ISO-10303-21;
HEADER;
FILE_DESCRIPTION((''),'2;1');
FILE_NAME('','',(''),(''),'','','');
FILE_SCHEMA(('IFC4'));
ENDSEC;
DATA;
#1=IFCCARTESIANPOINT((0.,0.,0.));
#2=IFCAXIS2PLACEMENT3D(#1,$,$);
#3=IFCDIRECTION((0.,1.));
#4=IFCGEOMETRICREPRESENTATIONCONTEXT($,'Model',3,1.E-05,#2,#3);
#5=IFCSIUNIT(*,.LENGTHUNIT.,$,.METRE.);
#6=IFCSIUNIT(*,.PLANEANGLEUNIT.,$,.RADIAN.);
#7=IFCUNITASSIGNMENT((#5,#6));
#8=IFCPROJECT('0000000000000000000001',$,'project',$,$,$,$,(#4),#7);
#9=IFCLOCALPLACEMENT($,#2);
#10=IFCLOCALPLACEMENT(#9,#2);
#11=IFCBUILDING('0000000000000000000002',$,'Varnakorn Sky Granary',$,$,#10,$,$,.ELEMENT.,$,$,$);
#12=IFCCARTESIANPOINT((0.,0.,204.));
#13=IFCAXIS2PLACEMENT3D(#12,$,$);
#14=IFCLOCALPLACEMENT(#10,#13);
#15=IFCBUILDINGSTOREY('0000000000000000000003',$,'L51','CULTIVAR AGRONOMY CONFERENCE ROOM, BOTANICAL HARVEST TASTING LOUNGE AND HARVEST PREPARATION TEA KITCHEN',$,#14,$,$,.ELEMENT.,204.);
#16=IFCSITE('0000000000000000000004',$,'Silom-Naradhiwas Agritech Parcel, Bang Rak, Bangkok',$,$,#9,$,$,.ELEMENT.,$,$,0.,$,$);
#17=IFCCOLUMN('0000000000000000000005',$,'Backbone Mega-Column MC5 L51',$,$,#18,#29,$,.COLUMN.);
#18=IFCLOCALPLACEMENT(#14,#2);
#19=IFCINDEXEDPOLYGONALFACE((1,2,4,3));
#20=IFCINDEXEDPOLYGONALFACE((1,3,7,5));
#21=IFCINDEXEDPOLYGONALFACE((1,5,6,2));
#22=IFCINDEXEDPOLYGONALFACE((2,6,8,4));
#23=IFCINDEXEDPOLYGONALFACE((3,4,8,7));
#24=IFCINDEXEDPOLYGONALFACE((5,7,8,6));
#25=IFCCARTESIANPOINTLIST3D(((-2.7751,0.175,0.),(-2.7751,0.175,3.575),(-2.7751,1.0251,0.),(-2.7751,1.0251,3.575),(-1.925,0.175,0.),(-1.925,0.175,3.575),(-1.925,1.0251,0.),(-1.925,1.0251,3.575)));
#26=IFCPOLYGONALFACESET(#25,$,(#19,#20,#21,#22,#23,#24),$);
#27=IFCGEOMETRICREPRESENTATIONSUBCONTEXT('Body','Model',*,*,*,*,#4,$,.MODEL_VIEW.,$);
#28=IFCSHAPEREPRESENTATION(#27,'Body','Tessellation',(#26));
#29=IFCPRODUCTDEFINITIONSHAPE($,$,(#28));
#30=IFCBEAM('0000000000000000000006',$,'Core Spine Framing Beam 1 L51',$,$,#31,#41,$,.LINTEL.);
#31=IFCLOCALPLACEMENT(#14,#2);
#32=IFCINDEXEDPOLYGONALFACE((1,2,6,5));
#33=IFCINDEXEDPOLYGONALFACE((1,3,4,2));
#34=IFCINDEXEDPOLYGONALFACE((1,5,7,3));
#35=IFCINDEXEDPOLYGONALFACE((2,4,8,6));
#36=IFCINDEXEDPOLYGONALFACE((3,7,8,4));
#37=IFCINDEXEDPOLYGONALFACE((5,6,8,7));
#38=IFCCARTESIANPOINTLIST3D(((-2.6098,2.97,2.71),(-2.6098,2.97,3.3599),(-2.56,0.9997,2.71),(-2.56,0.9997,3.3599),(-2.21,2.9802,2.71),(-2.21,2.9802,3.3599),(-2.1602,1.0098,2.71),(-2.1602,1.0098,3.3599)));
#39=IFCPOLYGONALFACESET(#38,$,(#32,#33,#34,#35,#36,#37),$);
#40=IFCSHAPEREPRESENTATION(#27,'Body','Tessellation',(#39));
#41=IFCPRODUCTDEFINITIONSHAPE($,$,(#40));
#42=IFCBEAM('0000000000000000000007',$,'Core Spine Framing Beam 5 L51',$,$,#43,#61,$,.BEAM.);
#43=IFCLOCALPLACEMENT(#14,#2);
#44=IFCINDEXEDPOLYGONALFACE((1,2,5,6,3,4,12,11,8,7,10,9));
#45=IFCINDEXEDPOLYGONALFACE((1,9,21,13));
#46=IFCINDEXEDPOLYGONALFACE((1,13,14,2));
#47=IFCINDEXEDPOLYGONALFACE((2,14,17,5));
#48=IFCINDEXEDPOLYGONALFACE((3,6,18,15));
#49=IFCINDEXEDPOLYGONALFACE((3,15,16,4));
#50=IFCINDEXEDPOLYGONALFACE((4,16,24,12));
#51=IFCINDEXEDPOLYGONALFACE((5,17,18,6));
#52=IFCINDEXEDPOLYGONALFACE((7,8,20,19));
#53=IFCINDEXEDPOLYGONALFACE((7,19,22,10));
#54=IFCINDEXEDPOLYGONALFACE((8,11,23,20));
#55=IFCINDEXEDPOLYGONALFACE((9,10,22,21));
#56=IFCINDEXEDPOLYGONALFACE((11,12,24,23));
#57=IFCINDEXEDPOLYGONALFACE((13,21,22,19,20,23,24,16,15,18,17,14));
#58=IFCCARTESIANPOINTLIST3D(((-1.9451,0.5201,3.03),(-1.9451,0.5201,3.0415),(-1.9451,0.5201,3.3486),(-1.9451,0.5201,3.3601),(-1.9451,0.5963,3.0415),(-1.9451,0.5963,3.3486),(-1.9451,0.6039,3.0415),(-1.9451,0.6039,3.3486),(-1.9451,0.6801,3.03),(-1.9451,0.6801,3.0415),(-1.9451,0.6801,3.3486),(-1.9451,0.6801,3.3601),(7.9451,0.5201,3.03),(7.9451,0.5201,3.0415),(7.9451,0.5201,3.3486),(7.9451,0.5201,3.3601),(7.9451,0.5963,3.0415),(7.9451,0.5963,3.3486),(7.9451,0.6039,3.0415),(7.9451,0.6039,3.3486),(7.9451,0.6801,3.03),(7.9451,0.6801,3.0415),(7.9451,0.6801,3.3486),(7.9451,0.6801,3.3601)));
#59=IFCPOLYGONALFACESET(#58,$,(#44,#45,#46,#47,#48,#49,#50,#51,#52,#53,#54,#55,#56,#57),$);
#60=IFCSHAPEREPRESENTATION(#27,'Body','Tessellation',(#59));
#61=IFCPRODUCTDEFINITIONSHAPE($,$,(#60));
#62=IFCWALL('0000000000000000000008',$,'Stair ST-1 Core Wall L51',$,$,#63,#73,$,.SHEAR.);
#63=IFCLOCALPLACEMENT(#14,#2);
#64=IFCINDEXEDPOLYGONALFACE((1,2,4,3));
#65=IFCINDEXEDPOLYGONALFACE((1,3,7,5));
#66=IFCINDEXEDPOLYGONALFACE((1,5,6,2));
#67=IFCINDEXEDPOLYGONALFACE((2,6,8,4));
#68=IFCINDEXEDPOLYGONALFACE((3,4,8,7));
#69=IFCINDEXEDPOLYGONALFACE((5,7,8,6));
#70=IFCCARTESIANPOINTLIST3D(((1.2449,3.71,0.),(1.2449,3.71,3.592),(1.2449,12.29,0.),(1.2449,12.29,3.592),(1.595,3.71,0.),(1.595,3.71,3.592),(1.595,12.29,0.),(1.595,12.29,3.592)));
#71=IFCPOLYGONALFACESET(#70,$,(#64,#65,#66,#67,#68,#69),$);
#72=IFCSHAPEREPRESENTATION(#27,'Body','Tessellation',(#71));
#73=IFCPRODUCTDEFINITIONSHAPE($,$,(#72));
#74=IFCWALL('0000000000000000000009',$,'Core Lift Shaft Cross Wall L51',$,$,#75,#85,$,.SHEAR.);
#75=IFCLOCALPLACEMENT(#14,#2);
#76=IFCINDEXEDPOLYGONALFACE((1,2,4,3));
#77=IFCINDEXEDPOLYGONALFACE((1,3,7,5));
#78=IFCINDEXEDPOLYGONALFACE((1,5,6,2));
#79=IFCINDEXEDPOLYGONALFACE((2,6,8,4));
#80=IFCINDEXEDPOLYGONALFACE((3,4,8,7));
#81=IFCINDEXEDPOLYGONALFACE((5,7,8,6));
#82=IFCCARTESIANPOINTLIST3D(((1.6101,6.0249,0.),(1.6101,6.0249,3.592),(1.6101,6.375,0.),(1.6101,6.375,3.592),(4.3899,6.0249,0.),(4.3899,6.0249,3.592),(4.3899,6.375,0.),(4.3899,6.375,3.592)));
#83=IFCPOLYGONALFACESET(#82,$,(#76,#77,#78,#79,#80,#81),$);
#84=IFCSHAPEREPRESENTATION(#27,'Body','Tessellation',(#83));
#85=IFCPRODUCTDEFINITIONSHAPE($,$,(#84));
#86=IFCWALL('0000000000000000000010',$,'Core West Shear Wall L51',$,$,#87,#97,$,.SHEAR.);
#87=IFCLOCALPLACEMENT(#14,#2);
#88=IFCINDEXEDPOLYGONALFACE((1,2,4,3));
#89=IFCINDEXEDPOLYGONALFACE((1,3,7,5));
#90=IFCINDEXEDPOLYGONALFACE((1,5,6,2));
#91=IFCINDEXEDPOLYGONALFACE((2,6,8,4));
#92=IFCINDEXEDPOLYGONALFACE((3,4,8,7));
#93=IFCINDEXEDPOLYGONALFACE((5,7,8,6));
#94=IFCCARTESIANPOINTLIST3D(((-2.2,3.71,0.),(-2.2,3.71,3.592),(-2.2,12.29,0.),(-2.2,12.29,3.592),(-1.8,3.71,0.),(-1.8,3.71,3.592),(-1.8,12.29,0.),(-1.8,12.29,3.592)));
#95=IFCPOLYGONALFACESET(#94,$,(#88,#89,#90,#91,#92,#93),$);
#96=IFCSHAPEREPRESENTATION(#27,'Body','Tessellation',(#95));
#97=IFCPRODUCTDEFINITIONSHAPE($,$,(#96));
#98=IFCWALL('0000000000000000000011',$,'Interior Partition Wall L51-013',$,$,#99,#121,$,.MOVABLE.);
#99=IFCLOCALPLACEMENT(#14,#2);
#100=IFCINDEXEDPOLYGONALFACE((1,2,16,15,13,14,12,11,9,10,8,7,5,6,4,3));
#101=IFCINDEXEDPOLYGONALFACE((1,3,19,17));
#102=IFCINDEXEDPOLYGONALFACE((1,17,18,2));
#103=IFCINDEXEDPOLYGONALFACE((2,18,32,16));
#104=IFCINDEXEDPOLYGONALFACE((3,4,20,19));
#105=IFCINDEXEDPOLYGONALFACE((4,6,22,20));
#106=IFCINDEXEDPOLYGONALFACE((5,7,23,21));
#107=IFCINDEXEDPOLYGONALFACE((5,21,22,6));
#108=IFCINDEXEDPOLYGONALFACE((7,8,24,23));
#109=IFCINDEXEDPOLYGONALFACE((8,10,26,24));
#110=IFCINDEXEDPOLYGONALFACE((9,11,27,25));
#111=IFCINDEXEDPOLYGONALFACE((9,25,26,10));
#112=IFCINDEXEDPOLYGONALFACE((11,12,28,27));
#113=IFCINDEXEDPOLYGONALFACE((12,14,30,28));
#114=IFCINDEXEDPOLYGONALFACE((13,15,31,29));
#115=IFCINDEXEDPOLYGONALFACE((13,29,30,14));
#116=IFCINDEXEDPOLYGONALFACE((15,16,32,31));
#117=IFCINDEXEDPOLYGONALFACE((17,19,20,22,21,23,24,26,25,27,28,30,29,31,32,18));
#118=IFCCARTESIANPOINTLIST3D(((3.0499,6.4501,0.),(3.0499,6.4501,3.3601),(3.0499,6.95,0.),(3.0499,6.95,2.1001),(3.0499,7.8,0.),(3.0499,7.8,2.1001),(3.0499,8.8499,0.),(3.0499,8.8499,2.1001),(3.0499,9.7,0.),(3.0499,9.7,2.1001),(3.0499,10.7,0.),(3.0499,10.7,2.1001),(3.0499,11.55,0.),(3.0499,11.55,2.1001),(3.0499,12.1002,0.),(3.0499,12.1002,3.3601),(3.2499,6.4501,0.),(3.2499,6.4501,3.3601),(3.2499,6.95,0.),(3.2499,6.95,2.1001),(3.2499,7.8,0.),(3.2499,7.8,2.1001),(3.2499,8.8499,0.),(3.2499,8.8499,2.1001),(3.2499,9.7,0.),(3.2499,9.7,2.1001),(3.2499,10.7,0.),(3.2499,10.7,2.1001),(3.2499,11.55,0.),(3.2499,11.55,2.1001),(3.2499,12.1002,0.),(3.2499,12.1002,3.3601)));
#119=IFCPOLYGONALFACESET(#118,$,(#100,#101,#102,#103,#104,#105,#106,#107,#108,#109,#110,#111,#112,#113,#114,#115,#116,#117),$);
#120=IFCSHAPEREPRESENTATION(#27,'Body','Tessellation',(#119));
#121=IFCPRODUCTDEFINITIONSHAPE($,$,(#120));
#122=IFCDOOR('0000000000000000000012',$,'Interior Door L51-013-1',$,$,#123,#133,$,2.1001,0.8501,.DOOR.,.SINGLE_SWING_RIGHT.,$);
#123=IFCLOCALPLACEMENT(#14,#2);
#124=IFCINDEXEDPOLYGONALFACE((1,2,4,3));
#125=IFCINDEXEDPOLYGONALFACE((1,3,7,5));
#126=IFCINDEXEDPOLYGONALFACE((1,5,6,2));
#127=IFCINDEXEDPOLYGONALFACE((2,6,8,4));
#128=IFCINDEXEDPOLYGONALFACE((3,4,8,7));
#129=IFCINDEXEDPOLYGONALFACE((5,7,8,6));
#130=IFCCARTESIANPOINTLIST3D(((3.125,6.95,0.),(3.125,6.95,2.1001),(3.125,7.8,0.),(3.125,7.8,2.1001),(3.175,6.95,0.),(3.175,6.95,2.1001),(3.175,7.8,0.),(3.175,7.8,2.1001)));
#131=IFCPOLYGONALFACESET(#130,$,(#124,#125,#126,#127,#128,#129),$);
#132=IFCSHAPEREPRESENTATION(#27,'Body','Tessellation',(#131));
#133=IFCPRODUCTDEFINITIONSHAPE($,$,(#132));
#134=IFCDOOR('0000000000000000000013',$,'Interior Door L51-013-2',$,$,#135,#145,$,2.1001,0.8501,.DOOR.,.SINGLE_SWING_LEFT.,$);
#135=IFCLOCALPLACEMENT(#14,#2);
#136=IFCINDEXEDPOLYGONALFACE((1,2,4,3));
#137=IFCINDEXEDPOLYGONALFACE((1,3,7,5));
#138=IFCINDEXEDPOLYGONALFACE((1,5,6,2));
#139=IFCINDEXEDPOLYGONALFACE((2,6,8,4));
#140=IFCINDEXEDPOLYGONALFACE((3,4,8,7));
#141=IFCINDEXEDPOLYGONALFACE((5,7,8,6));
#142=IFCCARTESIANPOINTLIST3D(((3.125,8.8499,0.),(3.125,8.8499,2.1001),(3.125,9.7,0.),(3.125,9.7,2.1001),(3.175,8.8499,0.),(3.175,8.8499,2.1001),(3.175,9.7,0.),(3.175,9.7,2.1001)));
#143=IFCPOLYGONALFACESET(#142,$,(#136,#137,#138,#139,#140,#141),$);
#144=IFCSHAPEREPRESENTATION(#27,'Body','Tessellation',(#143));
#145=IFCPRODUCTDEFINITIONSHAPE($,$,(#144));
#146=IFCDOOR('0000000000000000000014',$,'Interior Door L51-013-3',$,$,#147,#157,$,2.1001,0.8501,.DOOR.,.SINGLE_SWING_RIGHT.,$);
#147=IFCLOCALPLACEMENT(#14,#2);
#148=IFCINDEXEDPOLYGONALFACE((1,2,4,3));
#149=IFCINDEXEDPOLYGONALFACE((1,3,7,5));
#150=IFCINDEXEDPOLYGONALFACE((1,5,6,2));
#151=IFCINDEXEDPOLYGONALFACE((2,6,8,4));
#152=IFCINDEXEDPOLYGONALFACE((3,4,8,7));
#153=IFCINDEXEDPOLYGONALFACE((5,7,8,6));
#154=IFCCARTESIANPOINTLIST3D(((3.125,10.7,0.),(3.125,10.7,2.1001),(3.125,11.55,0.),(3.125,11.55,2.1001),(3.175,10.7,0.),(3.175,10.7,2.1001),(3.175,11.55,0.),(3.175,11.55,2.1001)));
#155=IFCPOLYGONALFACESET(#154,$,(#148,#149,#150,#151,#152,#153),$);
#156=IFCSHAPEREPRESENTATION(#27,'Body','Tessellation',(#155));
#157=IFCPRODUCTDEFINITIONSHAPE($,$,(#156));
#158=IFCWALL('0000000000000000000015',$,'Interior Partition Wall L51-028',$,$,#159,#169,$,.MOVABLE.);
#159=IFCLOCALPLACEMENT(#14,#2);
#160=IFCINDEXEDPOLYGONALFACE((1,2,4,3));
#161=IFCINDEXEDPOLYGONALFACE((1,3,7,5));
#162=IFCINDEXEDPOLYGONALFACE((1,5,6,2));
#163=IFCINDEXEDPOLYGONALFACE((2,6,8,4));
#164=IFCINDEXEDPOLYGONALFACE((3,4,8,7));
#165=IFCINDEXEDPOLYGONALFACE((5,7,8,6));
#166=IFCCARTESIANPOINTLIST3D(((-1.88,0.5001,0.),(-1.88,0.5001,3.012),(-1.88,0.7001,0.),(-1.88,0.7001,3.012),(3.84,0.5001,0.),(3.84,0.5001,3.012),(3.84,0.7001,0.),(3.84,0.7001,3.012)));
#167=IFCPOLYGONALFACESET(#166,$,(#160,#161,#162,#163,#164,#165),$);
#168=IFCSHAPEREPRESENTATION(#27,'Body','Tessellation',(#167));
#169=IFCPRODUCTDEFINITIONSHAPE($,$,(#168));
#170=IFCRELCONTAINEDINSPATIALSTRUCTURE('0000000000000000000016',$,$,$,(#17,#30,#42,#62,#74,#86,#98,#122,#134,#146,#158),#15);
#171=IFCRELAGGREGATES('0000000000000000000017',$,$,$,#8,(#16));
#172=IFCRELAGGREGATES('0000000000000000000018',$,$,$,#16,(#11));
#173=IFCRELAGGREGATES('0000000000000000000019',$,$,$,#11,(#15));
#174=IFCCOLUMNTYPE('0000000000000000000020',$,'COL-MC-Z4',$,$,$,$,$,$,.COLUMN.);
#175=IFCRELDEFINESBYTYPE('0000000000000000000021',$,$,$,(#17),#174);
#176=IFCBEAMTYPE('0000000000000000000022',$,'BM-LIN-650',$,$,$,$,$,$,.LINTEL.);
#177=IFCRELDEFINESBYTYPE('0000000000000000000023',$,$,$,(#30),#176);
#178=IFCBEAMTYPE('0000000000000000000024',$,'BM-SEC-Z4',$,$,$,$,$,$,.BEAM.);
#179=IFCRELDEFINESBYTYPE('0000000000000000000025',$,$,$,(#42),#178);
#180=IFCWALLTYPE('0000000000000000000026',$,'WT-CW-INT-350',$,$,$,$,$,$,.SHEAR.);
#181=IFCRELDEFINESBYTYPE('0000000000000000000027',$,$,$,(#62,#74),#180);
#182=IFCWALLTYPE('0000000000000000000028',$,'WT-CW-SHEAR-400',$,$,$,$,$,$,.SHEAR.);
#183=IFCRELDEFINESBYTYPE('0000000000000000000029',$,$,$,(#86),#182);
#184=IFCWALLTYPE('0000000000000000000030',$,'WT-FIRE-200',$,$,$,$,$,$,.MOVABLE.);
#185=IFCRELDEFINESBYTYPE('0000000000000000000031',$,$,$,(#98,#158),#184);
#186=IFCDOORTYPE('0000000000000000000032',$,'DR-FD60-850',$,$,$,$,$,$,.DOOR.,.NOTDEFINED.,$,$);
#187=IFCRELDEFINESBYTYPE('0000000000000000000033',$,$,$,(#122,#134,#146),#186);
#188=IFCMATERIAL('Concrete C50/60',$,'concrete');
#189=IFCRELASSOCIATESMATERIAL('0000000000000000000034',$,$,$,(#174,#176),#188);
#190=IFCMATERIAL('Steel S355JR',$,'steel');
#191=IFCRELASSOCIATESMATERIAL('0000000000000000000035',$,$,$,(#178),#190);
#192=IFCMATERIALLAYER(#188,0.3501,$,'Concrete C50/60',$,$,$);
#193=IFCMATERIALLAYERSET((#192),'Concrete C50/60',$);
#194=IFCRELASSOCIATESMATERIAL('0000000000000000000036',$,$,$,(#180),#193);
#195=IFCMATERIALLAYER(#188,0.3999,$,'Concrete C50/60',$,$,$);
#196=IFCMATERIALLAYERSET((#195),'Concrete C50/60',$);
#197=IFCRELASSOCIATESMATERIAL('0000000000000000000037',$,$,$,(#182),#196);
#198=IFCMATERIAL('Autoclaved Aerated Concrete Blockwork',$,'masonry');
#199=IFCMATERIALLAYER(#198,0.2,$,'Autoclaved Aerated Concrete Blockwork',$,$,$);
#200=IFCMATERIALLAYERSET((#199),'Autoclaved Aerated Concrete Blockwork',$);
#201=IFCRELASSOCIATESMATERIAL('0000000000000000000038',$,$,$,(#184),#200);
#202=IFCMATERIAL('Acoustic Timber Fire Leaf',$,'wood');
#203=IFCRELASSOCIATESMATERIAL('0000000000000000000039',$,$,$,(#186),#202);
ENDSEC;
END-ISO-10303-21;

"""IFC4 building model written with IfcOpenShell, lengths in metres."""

from ifc_helpers import new_model, si_unit, direction, frame, frame_2d, origin, origin_2d, place, context, subcontext, project, spatial, rectangle, i_section, extrude, material, layer, layer_set, material_profile, profile_set, type_object, element, fill, save


model = new_model("IFC4")

# Units and contexts
model_context = context("Model", 3, precision=1e-05, world=origin(), true_north=direction((0.0, 1.0)))
body_context = subcontext(model_context, "Body", "Model", "MODEL_VIEW")
ifc_project = project(units=[si_unit("LENGTHUNIT", "METRE"), si_unit("PLANEANGLEUNIT", "RADIAN")], contexts=[model_context])

# Site, building, storey
site_placement = place(None, origin())
site = spatial("IfcSite", under=ifc_project, at=site_placement, Name="Silom-Naradhiwas Agritech Parcel, Bang Rak, Bangkok", CompositionType="ELEMENT", RefElevation=0.0)
building_placement = place(site_placement, origin())
building = spatial("IfcBuilding", under=site, at=building_placement, Name="Varnakorn Sky Granary", CompositionType="ELEMENT")
storey_placement = place(building_placement, frame((0.0, 0.0, 204.0)))
storey = spatial("IfcBuildingStorey", under=building, at=storey_placement, Name="L51", Description="CULTIVAR AGRONOMY CONFERENCE ROOM, BOTANICAL HARVEST TASTING LOUNGE AND HARVEST PREPARATION TEA KITCHEN", CompositionType="ELEMENT", Elevation=204.0)

# Column
ifc_material_1 = material(Name="Concrete C50/60", Category="concrete")
ifc_material_profile_1 = material_profile(ifc_material_1, rectangle(XDim=0.8501, YDim=0.8501, at=origin_2d()), Name="RC 850x850")
ifc_profile_set_1 = profile_set([ifc_material_profile_1], Name="Concrete C50/60")
column_type = type_object("IfcColumnType", Name="COL-MC-Z4", PredefinedType="COLUMN", material=ifc_profile_set_1)
column_placement = place(storey_placement, frame((-2.3501, 0.6001, 0.0), z_axis=(0.0, 0.0, 1.0), x_axis=(1.0, 0.0, 0.0)))
element("IfcColumn", 1, at=column_placement, inside=storey, type_object=column_type, Name="Backbone Mega-Column MC5 L51", PredefinedType="COLUMN", context=body_context, shape_type="SweptSolid", body=[
    extrude(rectangle(XDim=0.8501, YDim=0.8501, at=origin_2d()), origin(), (0.0, 0.0, 1.0), 3.575),
])

# Beams
ifc_material_profile_2 = material_profile(ifc_material_1, rectangle(XDim=0.3999, YDim=0.6499, at=origin_2d()), Name="RC 400x650")
ifc_profile_set_2 = profile_set([ifc_material_profile_2], Name="Concrete C50/60")
beam_type_1 = type_object("IfcBeamType", Name="BM-LIN-650", PredefinedType="LINTEL", material=ifc_profile_set_2)
beam_1_placement = place(storey_placement, frame((-2.4099, 2.9751, 3.0349), z_axis=(0.025271, -0.999681, 0.0), x_axis=(0.999681, 0.025271, 0.0)))
element("IfcBeam", 2, at=beam_1_placement, inside=storey, type_object=beam_type_1, Name="Core Spine Framing Beam 1 L51", PredefinedType="LINTEL", context=body_context, shape_type="SweptSolid", body=[
    extrude(rectangle(XDim=0.3999, YDim=0.6499, at=origin_2d()), origin(), (0.0, 0.0, 1.0), 1.9709),
])
ifc_material_2 = material(Name="Steel S355JR", Category="steel")
ifc_material_profile_3 = material_profile(ifc_material_2, i_section(OverallWidth=0.1599, OverallDepth=0.3301, WebThickness=0.0076, FlangeThickness=0.0115, at=origin_2d()), Name="IPE 330")
ifc_profile_set_3 = profile_set([ifc_material_profile_3], Name="Steel S355JR")
beam_type_2 = type_object("IfcBeamType", Name="BM-SEC-Z4", PredefinedType="BEAM", material=ifc_profile_set_3)
beam_2_placement = place(storey_placement, frame((-1.9451, 0.6001, 3.1951), z_axis=(1.0, 0.0, 0.0), x_axis=(0.0, 1.0, 0.0)))
element("IfcBeam", 3, at=beam_2_placement, inside=storey, type_object=beam_type_2, Name="Core Spine Framing Beam 5 L51", PredefinedType="BEAM", context=body_context, shape_type="SweptSolid", body=[
    extrude(i_section(OverallWidth=0.1599, OverallDepth=0.3301, WebThickness=0.0076, FlangeThickness=0.0115, at=origin_2d()), origin(), (0.0, 0.0, 1.0), 9.8901),
])

# Walls
ifc_layer_1 = layer(ifc_material_1, 0.3501, Name="Concrete C50/60")
ifc_layer_set_1 = layer_set([ifc_layer_1], Name="Concrete C50/60")
wall_type_1 = type_object("IfcWallType", Name="WT-CW-INT-350", PredefinedType="SHEAR", material=ifc_layer_set_1)
wall_1_placement = place(storey_placement, frame((1.4199, 3.71, 0.0), z_axis=(0.0, 0.0, 1.0), x_axis=(0.0, 1.0, 0.0)))
element("IfcWall", 4, at=wall_1_placement, inside=storey, type_object=wall_type_1, Name="Stair ST-1 Core Wall L51", PredefinedType="SHEAR", context=body_context, shape_type="SweptSolid", body=[
    extrude(rectangle(XDim=8.5801, YDim=0.3501, at=frame_2d((4.29, 0.0))), origin(), (0.0, 0.0, 1.0), 3.592),
])
wall_2_placement = place(storey_placement, frame((1.6101, 6.2, 0.0), z_axis=(0.0, 0.0, 1.0), x_axis=(1.0, 0.0, 0.0)))
element("IfcWall", 5, at=wall_2_placement, inside=storey, type_object=wall_type_1, Name="Core Lift Shaft Cross Wall L51", PredefinedType="SHEAR", context=body_context, shape_type="SweptSolid", body=[
    extrude(rectangle(XDim=2.7798, YDim=0.3501, at=frame_2d((1.3899, 0.0))), origin(), (0.0, 0.0, 1.0), 3.592),
])

# Shared definitions
ifc_layer_2 = layer(ifc_material_1, 0.3999, Name="Concrete C50/60")
ifc_layer_set_2 = layer_set([ifc_layer_2], Name="Concrete C50/60")
wall_type_2 = type_object("IfcWallType", Name="WT-CW-SHEAR-400", PredefinedType="SHEAR", material=ifc_layer_set_2)

# Wall
wall_3_placement = place(storey_placement, frame((-2.0, 3.71, 0.0), z_axis=(0.0, 0.0, 1.0), x_axis=(0.0, 1.0, 0.0)))
element("IfcWall", 6, at=wall_3_placement, inside=storey, type_object=wall_type_2, Name="Core West Shear Wall L51", PredefinedType="SHEAR", context=body_context, shape_type="SweptSolid", body=[
    extrude(rectangle(XDim=8.5801, YDim=0.3999, at=frame_2d((4.29, 0.0))), origin(), (0.0, 0.0, 1.0), 3.592),
])

# Wall, openings, doors
ifc_material_3 = material(Name="Autoclaved Aerated Concrete Blockwork", Category="masonry")
ifc_layer_3 = layer(ifc_material_3, 0.2, Name="Autoclaved Aerated Concrete Blockwork")
ifc_layer_set_3 = layer_set([ifc_layer_3], Name="Autoclaved Aerated Concrete Blockwork")
wall_type_3 = type_object("IfcWallType", Name="WT-FIRE-200", PredefinedType="MOVABLE", material=ifc_layer_set_3)
wall_4_placement = place(storey_placement, frame((3.1499, 6.45, 0.0), z_axis=(0.0, 0.0, 1.0), x_axis=(0.0, 1.0, 0.0)))
wall_4 = element("IfcWall", 7, at=wall_4_placement, inside=storey, type_object=wall_type_3, Name="Interior Partition Wall L51-013", PredefinedType="MOVABLE", context=body_context, shape_type="SweptSolid", body=[
    extrude(rectangle(XDim=5.6501, YDim=0.2, at=frame_2d((2.8252, 0.0))), origin(), (0.0, 0.0, 1.0), 3.3601),
])
opening_1_placement = place(wall_4_placement, frame((0.5, 0.0, 0.0)))
opening_1 = element("IfcOpeningElement", 8, at=opening_1_placement, cuts=wall_4, PredefinedType="OPENING", context=body_context, shape_type="SweptSolid", body=[
    extrude(rectangle(XDim=0.8501, YDim=2.1001, at=frame_2d((0.425, 1.05))), frame((0.0, 0.1099, 0.0), z_axis=(0.0, -1.0, 0.0), x_axis=(1.0, 0.0, 0.0)), (0.0, 0.0, 1.0), 0.22),
])
opening_2_placement = place(wall_4_placement, frame((2.3999, 0.0, 0.0)))
opening_2 = element("IfcOpeningElement", 9, at=opening_2_placement, cuts=wall_4, PredefinedType="OPENING", context=body_context, shape_type="SweptSolid", body=[
    extrude(rectangle(XDim=0.8501, YDim=2.1001, at=frame_2d((0.425, 1.05))), frame((0.0, 0.1099, 0.0), z_axis=(0.0, -1.0, 0.0), x_axis=(1.0, 0.0, 0.0)), (0.0, 0.0, 1.0), 0.22),
])
opening_3_placement = place(wall_4_placement, frame((4.25, 0.0, 0.0)))
opening_3 = element("IfcOpeningElement", 10, at=opening_3_placement, cuts=wall_4, PredefinedType="OPENING", context=body_context, shape_type="SweptSolid", body=[
    extrude(rectangle(XDim=0.8501, YDim=2.1001, at=frame_2d((0.425, 1.05))), frame((0.0, 0.1099, 0.0), z_axis=(0.0, -1.0, 0.0), x_axis=(1.0, 0.0, 0.0)), (0.0, 0.0, 1.0), 0.22),
])
ifc_material_4 = material(Name="Acoustic Timber Fire Leaf", Category="wood")
door_type_1 = type_object("IfcDoorType", Name="DR-FD60-850", OperationType="NOTDEFINED", PredefinedType="DOOR", material=ifc_material_4)
door_1_placement = place(opening_1_placement, origin())
door_1 = element("IfcDoor", 11, at=door_1_placement, inside=storey, type_object=door_type_1, Name="Interior Door L51-013-1", OperationType="SINGLE_SWING_RIGHT", OverallHeight=2.1001, OverallWidth=0.8501, PredefinedType="DOOR", context=body_context, shape_type="SweptSolid", body=[
    extrude(rectangle(XDim=0.8501, YDim=2.1001, at=frame_2d((0.425, 1.05))), frame((0.0, 0.0249, 0.0), z_axis=(0.0, -1.0, 0.0), x_axis=(1.0, 0.0, 0.0)), (0.0, 0.0, 1.0), 0.05),
])
fill(opening_1, door_1)
door_2_placement = place(opening_2_placement, origin())
door_2 = element("IfcDoor", 12, at=door_2_placement, inside=storey, type_object=door_type_1, Name="Interior Door L51-013-2", OperationType="SINGLE_SWING_LEFT", OverallHeight=2.1001, OverallWidth=0.8501, PredefinedType="DOOR", context=body_context, shape_type="SweptSolid", body=[
    extrude(rectangle(XDim=0.8501, YDim=2.1001, at=frame_2d((0.425, 1.05))), frame((0.0, 0.0249, 0.0), z_axis=(0.0, -1.0, 0.0), x_axis=(1.0, 0.0, 0.0)), (0.0, 0.0, 1.0), 0.05),
])
fill(opening_2, door_2)
door_3_placement = place(opening_3_placement, origin())
door_3 = element("IfcDoor", 13, at=door_3_placement, inside=storey, type_object=door_type_1, Name="Interior Door L51-013-3", OperationType="SINGLE_SWING_RIGHT", OverallHeight=2.1001, OverallWidth=0.8501, PredefinedType="DOOR", context=body_context, shape_type="SweptSolid", body=[
    extrude(rectangle(XDim=0.8501, YDim=2.1001, at=frame_2d((0.425, 1.05))), frame((0.0, 0.0249, 0.0), z_axis=(0.0, -1.0, 0.0), x_axis=(1.0, 0.0, 0.0)), (0.0, 0.0, 1.0), 0.05),
])
fill(opening_3, door_3)

# Wall
wall_5_placement = place(storey_placement, frame((-1.8799, 0.6001, 0.0), z_axis=(0.0, 0.0, 1.0), x_axis=(1.0, 0.0, 0.0)))
element("IfcWall", 14, at=wall_5_placement, inside=storey, type_object=wall_type_3, Name="Interior Partition Wall L51-028", PredefinedType="MOVABLE", context=body_context, shape_type="SweptSolid", body=[
    extrude(rectangle(XDim=5.72, YDim=0.2, at=frame_2d((2.8599, 0.0))), origin(), (0.0, 0.0, 1.0), 3.012),
])

save(model, "model.ifc")
